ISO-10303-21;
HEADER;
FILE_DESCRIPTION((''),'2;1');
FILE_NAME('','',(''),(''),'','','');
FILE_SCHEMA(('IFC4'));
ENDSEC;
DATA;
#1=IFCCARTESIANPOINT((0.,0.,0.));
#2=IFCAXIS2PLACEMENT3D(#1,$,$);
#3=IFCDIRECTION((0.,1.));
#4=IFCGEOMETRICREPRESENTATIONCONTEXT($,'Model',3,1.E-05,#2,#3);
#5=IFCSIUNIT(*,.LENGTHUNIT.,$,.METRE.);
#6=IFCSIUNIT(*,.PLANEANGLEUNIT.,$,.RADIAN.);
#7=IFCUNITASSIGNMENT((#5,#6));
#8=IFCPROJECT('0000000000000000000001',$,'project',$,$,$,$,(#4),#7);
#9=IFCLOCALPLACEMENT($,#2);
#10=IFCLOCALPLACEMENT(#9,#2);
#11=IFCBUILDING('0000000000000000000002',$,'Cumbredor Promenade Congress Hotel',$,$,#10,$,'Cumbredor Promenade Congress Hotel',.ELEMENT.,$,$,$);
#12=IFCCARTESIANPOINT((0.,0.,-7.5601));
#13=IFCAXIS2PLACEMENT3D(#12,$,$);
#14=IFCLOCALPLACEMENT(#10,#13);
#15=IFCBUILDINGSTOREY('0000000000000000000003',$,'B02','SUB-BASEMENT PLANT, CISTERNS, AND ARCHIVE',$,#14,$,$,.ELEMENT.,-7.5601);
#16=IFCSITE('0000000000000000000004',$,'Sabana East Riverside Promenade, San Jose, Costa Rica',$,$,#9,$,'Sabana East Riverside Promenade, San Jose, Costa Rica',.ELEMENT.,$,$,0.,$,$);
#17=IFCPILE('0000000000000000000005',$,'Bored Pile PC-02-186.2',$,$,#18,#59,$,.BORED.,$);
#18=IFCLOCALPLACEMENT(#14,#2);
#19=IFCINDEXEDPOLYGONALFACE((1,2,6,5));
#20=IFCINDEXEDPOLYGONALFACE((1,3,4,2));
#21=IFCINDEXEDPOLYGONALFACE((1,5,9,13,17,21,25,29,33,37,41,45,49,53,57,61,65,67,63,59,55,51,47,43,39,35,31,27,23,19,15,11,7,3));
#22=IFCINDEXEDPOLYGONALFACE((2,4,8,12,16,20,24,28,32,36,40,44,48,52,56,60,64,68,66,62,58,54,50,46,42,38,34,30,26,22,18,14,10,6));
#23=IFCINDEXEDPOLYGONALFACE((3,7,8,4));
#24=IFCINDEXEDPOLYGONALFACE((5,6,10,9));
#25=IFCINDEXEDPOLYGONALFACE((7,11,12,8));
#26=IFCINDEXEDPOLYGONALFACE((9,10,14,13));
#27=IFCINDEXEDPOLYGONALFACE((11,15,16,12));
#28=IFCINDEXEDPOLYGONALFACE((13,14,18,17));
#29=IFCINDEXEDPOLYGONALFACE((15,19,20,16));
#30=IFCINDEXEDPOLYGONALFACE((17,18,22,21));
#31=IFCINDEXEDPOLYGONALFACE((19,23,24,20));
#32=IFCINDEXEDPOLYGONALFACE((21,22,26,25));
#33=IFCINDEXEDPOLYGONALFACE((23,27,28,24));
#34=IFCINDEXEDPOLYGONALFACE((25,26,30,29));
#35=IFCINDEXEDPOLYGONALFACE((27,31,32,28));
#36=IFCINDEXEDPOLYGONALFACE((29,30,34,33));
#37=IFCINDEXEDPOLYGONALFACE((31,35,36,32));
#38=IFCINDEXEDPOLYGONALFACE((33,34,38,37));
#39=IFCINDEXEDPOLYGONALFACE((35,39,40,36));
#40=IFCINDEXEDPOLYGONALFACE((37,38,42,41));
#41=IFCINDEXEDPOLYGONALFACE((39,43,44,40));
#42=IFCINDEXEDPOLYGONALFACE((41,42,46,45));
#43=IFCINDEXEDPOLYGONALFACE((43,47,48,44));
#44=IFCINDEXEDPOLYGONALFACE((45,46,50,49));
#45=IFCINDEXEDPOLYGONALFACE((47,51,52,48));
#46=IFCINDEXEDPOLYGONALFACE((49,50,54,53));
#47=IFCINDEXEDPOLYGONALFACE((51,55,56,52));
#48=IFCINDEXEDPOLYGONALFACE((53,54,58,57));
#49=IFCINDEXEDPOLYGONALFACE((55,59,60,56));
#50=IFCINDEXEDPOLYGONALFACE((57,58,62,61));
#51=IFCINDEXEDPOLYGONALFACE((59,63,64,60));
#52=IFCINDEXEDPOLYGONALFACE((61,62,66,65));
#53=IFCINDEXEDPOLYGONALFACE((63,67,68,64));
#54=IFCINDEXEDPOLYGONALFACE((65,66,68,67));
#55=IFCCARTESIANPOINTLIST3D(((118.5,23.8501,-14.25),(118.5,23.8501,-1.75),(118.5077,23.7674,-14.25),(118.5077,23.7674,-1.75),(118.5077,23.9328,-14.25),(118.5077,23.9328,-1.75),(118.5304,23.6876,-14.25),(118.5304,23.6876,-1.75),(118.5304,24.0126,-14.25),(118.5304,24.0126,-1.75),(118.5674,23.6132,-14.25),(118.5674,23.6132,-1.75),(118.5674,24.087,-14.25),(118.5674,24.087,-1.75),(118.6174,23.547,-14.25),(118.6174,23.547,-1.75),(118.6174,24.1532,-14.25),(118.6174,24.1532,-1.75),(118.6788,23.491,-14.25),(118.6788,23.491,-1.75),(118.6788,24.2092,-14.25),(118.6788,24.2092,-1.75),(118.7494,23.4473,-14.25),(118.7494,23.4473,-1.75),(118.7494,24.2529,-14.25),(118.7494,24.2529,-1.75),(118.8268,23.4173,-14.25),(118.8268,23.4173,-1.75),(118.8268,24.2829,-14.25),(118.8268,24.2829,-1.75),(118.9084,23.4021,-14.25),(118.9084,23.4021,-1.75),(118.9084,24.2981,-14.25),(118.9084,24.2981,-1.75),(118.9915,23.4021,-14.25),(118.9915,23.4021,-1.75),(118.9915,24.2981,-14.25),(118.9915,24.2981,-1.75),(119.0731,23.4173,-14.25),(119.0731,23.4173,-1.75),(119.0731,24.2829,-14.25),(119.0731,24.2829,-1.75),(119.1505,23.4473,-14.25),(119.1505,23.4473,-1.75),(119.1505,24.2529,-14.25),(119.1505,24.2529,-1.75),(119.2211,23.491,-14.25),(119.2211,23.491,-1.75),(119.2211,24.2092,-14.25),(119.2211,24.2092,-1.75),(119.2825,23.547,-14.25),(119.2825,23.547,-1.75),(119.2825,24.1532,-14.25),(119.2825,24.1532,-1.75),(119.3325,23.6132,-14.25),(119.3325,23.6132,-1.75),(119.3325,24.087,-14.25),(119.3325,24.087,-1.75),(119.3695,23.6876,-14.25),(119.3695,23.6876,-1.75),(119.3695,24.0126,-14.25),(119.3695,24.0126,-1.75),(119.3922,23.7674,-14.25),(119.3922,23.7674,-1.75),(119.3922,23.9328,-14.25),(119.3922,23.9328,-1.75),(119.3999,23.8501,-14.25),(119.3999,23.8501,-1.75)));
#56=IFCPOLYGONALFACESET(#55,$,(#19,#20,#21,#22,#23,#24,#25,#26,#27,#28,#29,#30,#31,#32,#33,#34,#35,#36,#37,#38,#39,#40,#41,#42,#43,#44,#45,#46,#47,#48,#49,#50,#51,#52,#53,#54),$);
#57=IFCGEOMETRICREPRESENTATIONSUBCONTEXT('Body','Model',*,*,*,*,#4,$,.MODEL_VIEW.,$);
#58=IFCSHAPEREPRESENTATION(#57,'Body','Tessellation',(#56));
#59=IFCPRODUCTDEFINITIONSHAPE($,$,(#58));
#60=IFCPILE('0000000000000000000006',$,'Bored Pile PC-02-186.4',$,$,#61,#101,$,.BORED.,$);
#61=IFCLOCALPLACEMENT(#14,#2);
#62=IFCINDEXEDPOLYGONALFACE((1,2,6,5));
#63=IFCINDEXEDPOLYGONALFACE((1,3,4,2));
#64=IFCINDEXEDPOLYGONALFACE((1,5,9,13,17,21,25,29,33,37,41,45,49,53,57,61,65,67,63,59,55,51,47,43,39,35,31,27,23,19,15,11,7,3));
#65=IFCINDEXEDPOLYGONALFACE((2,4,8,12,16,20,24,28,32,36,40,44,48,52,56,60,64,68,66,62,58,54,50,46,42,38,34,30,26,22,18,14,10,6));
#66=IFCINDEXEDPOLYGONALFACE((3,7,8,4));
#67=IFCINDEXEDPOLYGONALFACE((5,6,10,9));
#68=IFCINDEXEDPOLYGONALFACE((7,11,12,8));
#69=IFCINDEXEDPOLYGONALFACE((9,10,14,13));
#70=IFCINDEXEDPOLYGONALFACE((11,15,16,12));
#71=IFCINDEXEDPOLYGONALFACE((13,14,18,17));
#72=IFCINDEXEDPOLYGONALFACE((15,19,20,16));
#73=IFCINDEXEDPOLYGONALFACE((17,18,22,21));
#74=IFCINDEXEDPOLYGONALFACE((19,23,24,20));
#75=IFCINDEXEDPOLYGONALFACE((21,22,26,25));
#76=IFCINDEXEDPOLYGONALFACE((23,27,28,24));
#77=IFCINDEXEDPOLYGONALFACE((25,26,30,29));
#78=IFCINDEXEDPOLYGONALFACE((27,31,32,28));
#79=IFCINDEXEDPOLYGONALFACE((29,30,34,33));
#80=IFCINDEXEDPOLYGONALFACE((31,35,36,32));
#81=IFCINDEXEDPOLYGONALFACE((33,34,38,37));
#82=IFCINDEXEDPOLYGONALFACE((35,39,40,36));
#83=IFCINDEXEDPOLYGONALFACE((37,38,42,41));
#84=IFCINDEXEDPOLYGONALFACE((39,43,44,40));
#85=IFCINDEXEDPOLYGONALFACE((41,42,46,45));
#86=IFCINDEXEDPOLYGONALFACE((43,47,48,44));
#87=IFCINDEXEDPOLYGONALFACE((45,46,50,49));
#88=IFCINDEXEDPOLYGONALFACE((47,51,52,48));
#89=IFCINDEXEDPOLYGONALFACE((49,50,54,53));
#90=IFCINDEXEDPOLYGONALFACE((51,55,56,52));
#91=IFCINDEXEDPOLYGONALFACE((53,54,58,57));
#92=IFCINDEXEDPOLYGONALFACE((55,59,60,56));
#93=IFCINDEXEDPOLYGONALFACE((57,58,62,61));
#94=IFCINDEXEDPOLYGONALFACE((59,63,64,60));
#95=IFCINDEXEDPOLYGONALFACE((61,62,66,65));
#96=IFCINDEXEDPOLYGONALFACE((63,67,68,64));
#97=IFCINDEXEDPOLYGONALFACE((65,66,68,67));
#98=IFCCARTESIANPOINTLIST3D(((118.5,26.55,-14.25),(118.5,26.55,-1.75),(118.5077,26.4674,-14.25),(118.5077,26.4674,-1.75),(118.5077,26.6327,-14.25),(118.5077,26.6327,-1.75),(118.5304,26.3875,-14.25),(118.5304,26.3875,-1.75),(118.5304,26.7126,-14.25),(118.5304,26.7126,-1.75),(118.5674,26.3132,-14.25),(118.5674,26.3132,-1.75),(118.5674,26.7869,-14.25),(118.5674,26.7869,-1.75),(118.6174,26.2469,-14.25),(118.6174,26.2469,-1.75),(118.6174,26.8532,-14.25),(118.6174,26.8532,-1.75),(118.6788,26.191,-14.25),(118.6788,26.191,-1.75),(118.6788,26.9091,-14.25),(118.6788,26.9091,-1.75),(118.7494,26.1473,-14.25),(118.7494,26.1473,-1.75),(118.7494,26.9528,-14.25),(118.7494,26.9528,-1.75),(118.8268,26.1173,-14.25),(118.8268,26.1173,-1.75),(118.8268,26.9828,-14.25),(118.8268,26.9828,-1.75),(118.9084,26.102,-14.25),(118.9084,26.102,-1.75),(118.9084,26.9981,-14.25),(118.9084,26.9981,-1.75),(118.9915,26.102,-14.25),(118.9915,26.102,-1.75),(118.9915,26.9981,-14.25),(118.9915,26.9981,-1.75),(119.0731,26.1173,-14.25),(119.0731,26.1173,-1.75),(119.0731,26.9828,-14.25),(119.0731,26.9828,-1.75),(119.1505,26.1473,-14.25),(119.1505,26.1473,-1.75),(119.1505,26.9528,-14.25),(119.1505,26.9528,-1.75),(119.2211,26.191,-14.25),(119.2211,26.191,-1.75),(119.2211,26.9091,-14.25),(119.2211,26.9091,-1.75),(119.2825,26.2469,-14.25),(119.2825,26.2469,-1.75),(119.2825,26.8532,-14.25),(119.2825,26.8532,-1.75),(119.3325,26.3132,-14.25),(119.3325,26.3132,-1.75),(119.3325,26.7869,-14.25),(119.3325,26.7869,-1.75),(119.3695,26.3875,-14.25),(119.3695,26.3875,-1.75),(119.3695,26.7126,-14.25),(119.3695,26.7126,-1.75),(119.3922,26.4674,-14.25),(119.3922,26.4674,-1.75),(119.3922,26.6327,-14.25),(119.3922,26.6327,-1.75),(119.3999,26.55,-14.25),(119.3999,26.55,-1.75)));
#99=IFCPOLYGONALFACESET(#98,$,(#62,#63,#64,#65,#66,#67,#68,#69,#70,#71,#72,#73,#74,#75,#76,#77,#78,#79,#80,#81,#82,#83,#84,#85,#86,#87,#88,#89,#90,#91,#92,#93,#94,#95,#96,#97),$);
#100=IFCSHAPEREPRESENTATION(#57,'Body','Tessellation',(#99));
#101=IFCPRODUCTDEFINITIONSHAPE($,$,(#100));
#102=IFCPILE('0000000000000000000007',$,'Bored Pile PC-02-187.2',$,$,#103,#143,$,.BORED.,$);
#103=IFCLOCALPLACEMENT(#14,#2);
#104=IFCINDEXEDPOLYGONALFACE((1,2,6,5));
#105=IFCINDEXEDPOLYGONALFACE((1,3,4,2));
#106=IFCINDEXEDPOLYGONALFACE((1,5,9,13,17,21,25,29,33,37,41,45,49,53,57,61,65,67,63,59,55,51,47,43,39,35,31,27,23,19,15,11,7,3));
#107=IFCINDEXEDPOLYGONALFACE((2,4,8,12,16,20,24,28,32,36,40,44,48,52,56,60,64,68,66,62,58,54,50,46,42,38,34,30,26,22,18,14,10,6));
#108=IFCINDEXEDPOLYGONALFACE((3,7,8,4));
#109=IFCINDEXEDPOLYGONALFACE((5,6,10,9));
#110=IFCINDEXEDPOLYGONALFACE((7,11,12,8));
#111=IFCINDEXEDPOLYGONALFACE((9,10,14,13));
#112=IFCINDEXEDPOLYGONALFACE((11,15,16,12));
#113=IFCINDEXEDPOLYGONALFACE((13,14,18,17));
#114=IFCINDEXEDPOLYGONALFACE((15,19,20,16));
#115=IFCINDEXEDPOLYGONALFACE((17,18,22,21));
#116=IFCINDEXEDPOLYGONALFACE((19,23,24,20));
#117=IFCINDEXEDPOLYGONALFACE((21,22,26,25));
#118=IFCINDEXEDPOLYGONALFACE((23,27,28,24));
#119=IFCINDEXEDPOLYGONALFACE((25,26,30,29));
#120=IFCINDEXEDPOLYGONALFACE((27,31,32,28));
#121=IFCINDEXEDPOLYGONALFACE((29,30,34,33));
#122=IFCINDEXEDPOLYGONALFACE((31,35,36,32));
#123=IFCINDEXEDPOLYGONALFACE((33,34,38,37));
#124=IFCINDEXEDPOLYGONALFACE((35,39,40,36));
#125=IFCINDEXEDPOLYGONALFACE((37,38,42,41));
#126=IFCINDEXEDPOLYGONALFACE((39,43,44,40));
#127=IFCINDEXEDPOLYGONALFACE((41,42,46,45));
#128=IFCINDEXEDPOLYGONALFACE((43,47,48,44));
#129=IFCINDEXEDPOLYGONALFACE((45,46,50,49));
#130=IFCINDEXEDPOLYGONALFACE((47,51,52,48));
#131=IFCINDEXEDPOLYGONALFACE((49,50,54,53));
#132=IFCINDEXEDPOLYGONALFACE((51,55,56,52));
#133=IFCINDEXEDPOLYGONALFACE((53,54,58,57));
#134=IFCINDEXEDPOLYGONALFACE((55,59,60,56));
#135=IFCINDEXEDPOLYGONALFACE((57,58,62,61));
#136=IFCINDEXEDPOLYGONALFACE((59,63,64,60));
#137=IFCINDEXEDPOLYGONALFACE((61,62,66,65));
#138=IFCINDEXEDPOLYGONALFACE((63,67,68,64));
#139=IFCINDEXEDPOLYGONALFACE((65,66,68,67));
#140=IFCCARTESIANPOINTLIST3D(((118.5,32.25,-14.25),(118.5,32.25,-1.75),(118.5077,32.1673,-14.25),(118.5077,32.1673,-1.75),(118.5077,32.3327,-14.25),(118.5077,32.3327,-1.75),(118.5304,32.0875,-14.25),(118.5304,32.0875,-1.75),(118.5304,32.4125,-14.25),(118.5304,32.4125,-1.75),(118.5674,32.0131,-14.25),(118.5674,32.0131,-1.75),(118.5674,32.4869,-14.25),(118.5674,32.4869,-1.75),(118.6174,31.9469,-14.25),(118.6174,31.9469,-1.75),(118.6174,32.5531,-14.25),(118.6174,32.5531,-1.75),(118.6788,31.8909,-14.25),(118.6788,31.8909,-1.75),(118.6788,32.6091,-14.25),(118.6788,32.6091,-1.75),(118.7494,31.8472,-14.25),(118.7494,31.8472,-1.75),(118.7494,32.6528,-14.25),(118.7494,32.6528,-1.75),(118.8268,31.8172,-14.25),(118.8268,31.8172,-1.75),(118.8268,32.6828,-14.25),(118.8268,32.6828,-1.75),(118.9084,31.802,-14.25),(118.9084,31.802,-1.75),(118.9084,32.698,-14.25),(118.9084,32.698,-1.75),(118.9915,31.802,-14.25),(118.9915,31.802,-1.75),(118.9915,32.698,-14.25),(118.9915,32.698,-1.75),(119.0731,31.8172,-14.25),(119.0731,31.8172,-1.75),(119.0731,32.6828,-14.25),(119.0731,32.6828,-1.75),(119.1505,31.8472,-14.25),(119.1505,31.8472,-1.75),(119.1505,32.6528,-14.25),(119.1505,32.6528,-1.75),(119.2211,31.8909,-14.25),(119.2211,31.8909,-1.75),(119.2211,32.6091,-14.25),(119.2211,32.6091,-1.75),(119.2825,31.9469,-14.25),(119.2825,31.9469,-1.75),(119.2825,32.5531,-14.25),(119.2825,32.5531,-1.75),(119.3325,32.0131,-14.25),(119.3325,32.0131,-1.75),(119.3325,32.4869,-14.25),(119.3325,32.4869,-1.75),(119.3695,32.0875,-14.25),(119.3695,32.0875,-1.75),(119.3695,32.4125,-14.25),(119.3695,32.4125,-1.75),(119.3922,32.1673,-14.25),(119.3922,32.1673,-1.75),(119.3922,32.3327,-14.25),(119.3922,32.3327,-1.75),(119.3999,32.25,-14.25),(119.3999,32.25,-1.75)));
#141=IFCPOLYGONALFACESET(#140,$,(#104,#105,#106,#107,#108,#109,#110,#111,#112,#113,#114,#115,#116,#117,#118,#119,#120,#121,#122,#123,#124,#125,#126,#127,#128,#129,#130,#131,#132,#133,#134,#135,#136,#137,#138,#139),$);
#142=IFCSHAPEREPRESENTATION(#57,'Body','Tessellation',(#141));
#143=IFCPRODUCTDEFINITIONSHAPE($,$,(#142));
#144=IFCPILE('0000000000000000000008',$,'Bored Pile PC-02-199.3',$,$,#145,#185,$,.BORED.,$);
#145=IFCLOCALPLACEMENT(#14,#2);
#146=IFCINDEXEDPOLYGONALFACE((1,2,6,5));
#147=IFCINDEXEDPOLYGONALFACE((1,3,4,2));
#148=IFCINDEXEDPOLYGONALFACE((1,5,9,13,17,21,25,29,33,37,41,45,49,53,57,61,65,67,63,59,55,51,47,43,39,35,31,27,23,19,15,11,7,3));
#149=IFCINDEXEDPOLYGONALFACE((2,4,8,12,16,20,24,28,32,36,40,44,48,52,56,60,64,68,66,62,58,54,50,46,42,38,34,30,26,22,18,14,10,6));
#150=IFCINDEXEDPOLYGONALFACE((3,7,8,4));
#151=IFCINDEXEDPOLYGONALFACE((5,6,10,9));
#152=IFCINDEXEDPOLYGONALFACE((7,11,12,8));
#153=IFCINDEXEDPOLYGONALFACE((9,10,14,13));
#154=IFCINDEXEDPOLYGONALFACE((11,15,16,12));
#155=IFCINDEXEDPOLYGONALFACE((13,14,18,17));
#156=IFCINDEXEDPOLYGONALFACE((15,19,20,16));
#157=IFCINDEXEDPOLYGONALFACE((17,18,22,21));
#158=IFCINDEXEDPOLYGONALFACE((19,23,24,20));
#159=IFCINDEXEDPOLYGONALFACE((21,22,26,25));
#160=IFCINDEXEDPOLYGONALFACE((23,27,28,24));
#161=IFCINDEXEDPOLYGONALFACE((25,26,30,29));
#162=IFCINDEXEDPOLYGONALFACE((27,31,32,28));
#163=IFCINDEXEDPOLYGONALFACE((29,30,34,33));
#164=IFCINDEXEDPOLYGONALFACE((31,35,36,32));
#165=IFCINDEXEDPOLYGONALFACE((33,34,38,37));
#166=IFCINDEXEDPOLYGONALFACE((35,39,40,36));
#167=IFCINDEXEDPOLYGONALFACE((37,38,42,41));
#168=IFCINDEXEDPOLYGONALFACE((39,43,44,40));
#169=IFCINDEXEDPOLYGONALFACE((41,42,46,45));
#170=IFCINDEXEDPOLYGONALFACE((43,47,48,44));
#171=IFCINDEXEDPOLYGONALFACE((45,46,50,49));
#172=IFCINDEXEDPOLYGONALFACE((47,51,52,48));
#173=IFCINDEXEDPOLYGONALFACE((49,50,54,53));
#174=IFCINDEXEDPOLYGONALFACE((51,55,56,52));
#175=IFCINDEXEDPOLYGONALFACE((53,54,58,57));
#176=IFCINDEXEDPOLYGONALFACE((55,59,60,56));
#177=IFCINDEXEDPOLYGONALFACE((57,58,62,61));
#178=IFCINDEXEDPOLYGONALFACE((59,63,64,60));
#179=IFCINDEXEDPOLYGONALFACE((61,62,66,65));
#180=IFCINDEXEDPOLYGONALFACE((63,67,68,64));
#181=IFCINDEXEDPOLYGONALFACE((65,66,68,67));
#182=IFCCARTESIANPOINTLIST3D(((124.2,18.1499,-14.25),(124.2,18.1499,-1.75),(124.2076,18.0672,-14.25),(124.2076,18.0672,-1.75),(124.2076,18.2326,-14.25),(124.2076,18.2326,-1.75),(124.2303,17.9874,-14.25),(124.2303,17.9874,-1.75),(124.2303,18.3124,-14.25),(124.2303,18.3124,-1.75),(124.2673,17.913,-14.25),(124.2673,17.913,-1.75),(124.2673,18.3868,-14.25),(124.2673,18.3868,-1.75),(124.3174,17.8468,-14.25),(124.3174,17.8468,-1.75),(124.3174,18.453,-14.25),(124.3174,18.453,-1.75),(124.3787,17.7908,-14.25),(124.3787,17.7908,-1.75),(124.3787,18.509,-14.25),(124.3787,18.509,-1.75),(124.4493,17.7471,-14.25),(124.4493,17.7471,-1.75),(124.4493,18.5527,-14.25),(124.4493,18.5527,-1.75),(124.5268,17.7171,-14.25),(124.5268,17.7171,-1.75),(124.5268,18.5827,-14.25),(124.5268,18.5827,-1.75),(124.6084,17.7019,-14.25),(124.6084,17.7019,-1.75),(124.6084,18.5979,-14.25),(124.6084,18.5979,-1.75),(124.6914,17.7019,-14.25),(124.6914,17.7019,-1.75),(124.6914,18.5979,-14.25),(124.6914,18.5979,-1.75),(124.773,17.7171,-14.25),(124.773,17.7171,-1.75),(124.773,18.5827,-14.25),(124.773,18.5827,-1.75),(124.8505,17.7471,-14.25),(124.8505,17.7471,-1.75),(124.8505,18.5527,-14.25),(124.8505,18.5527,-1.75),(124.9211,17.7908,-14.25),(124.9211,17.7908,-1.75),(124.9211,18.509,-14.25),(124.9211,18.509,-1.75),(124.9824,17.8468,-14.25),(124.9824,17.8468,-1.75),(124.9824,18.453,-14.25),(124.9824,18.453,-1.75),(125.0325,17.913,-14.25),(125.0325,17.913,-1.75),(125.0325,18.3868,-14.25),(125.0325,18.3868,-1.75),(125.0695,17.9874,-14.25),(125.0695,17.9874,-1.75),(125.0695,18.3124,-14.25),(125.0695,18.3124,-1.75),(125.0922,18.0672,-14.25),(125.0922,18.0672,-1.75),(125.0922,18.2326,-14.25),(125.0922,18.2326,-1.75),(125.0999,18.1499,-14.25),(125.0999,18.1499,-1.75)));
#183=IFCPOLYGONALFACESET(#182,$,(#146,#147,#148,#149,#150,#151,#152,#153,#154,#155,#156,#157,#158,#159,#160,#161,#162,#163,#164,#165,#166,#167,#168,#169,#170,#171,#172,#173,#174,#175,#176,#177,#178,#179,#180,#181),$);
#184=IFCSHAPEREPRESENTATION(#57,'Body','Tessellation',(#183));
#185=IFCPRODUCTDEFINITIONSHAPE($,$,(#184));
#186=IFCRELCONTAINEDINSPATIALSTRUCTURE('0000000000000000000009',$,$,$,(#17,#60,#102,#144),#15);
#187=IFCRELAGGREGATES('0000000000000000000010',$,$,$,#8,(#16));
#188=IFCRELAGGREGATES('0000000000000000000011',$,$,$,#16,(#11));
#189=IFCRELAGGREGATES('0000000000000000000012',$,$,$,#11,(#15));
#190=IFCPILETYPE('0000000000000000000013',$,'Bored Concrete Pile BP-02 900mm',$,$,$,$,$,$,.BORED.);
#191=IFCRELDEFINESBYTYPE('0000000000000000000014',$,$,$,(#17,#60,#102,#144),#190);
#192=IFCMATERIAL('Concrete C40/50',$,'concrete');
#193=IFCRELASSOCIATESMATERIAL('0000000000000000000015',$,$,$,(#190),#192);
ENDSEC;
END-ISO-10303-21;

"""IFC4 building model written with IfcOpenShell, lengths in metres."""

from ifc_helpers import new_model, si_unit, direction, frame, origin, origin_2d, place, context, subcontext, project, spatial, circle, extrude, material, material_profile, profile_set, type_object, element, save


model = new_model("IFC4")

# Units and contexts
model_context = context("Model", 3, precision=1e-05, world=origin(), true_north=direction((0.0, 1.0)))
body_context = subcontext(model_context, "Body", "Model", "MODEL_VIEW")
ifc_project = project(units=[si_unit("LENGTHUNIT", "METRE"), si_unit("PLANEANGLEUNIT", "RADIAN")], contexts=[model_context])

# Site, building, storey
site_placement = place(None, origin())
site = spatial("IfcSite", under=ifc_project, at=site_placement, Name="Sabana East Riverside Promenade, San Jose, Costa Rica", LongName="Sabana East Riverside Promenade, San Jose, Costa Rica", CompositionType="ELEMENT", RefElevation=0.0)
building_placement = place(site_placement, origin())
building = spatial("IfcBuilding", under=site, at=building_placement, Name="Cumbredor Promenade Congress Hotel", LongName="Cumbredor Promenade Congress Hotel", CompositionType="ELEMENT")
storey_placement = place(building_placement, frame((0.0, 0.0, -7.5601)))
storey = spatial("IfcBuildingStorey", under=building, at=storey_placement, Name="B02", Description="SUB-BASEMENT PLANT, CISTERNS, AND ARCHIVE", CompositionType="ELEMENT", Elevation=-7.5601)

# Piles
ifc_material_1 = material(Name="Concrete C40/50", Category="concrete")
ifc_material_profile_1 = material_profile(ifc_material_1, circle(Radius=0.45, at=origin_2d()), Name="PILE D900")
ifc_profile_set_1 = profile_set([ifc_material_profile_1], Name="Concrete C40/50")
pile_type = type_object("IfcPileType", Name="Bored Concrete Pile BP-02 900mm", PredefinedType="BORED", material=ifc_profile_set_1)
for number, where, z_axis, x_axis, name in (
    (1, (118.95, 23.8501, -1.75), (0.0, 0.0, -1.0), (1.0, 0.0, 0.0), "Bored Pile PC-02-186.2"),
    (2, (118.95, 26.55, -1.75), (0.0, 0.0, -1.0), (1.0, 0.0, 0.0), "Bored Pile PC-02-186.4"),
    (3, (118.95, 32.25, -1.75), (0.0, 0.0, -1.0), (1.0, 0.0, 0.0), "Bored Pile PC-02-187.2"),
    (4, (124.6499, 18.1499, -1.75), (0.0, 0.0, -1.0), (1.0, 0.0, 0.0), "Bored Pile PC-02-199.3"),
):
    element("IfcPile", number, at=place(storey_placement, frame(where, z_axis=z_axis, x_axis=x_axis)), inside=storey, type_object=pile_type, Name=name, PredefinedType="BORED", context=body_context, shape_type="SweptSolid", body=[
        extrude(circle(Radius=0.45, at=origin_2d()), origin(), (0.0, 0.0, 1.0), 12.5),
    ])

save(model, "model.ifc")
